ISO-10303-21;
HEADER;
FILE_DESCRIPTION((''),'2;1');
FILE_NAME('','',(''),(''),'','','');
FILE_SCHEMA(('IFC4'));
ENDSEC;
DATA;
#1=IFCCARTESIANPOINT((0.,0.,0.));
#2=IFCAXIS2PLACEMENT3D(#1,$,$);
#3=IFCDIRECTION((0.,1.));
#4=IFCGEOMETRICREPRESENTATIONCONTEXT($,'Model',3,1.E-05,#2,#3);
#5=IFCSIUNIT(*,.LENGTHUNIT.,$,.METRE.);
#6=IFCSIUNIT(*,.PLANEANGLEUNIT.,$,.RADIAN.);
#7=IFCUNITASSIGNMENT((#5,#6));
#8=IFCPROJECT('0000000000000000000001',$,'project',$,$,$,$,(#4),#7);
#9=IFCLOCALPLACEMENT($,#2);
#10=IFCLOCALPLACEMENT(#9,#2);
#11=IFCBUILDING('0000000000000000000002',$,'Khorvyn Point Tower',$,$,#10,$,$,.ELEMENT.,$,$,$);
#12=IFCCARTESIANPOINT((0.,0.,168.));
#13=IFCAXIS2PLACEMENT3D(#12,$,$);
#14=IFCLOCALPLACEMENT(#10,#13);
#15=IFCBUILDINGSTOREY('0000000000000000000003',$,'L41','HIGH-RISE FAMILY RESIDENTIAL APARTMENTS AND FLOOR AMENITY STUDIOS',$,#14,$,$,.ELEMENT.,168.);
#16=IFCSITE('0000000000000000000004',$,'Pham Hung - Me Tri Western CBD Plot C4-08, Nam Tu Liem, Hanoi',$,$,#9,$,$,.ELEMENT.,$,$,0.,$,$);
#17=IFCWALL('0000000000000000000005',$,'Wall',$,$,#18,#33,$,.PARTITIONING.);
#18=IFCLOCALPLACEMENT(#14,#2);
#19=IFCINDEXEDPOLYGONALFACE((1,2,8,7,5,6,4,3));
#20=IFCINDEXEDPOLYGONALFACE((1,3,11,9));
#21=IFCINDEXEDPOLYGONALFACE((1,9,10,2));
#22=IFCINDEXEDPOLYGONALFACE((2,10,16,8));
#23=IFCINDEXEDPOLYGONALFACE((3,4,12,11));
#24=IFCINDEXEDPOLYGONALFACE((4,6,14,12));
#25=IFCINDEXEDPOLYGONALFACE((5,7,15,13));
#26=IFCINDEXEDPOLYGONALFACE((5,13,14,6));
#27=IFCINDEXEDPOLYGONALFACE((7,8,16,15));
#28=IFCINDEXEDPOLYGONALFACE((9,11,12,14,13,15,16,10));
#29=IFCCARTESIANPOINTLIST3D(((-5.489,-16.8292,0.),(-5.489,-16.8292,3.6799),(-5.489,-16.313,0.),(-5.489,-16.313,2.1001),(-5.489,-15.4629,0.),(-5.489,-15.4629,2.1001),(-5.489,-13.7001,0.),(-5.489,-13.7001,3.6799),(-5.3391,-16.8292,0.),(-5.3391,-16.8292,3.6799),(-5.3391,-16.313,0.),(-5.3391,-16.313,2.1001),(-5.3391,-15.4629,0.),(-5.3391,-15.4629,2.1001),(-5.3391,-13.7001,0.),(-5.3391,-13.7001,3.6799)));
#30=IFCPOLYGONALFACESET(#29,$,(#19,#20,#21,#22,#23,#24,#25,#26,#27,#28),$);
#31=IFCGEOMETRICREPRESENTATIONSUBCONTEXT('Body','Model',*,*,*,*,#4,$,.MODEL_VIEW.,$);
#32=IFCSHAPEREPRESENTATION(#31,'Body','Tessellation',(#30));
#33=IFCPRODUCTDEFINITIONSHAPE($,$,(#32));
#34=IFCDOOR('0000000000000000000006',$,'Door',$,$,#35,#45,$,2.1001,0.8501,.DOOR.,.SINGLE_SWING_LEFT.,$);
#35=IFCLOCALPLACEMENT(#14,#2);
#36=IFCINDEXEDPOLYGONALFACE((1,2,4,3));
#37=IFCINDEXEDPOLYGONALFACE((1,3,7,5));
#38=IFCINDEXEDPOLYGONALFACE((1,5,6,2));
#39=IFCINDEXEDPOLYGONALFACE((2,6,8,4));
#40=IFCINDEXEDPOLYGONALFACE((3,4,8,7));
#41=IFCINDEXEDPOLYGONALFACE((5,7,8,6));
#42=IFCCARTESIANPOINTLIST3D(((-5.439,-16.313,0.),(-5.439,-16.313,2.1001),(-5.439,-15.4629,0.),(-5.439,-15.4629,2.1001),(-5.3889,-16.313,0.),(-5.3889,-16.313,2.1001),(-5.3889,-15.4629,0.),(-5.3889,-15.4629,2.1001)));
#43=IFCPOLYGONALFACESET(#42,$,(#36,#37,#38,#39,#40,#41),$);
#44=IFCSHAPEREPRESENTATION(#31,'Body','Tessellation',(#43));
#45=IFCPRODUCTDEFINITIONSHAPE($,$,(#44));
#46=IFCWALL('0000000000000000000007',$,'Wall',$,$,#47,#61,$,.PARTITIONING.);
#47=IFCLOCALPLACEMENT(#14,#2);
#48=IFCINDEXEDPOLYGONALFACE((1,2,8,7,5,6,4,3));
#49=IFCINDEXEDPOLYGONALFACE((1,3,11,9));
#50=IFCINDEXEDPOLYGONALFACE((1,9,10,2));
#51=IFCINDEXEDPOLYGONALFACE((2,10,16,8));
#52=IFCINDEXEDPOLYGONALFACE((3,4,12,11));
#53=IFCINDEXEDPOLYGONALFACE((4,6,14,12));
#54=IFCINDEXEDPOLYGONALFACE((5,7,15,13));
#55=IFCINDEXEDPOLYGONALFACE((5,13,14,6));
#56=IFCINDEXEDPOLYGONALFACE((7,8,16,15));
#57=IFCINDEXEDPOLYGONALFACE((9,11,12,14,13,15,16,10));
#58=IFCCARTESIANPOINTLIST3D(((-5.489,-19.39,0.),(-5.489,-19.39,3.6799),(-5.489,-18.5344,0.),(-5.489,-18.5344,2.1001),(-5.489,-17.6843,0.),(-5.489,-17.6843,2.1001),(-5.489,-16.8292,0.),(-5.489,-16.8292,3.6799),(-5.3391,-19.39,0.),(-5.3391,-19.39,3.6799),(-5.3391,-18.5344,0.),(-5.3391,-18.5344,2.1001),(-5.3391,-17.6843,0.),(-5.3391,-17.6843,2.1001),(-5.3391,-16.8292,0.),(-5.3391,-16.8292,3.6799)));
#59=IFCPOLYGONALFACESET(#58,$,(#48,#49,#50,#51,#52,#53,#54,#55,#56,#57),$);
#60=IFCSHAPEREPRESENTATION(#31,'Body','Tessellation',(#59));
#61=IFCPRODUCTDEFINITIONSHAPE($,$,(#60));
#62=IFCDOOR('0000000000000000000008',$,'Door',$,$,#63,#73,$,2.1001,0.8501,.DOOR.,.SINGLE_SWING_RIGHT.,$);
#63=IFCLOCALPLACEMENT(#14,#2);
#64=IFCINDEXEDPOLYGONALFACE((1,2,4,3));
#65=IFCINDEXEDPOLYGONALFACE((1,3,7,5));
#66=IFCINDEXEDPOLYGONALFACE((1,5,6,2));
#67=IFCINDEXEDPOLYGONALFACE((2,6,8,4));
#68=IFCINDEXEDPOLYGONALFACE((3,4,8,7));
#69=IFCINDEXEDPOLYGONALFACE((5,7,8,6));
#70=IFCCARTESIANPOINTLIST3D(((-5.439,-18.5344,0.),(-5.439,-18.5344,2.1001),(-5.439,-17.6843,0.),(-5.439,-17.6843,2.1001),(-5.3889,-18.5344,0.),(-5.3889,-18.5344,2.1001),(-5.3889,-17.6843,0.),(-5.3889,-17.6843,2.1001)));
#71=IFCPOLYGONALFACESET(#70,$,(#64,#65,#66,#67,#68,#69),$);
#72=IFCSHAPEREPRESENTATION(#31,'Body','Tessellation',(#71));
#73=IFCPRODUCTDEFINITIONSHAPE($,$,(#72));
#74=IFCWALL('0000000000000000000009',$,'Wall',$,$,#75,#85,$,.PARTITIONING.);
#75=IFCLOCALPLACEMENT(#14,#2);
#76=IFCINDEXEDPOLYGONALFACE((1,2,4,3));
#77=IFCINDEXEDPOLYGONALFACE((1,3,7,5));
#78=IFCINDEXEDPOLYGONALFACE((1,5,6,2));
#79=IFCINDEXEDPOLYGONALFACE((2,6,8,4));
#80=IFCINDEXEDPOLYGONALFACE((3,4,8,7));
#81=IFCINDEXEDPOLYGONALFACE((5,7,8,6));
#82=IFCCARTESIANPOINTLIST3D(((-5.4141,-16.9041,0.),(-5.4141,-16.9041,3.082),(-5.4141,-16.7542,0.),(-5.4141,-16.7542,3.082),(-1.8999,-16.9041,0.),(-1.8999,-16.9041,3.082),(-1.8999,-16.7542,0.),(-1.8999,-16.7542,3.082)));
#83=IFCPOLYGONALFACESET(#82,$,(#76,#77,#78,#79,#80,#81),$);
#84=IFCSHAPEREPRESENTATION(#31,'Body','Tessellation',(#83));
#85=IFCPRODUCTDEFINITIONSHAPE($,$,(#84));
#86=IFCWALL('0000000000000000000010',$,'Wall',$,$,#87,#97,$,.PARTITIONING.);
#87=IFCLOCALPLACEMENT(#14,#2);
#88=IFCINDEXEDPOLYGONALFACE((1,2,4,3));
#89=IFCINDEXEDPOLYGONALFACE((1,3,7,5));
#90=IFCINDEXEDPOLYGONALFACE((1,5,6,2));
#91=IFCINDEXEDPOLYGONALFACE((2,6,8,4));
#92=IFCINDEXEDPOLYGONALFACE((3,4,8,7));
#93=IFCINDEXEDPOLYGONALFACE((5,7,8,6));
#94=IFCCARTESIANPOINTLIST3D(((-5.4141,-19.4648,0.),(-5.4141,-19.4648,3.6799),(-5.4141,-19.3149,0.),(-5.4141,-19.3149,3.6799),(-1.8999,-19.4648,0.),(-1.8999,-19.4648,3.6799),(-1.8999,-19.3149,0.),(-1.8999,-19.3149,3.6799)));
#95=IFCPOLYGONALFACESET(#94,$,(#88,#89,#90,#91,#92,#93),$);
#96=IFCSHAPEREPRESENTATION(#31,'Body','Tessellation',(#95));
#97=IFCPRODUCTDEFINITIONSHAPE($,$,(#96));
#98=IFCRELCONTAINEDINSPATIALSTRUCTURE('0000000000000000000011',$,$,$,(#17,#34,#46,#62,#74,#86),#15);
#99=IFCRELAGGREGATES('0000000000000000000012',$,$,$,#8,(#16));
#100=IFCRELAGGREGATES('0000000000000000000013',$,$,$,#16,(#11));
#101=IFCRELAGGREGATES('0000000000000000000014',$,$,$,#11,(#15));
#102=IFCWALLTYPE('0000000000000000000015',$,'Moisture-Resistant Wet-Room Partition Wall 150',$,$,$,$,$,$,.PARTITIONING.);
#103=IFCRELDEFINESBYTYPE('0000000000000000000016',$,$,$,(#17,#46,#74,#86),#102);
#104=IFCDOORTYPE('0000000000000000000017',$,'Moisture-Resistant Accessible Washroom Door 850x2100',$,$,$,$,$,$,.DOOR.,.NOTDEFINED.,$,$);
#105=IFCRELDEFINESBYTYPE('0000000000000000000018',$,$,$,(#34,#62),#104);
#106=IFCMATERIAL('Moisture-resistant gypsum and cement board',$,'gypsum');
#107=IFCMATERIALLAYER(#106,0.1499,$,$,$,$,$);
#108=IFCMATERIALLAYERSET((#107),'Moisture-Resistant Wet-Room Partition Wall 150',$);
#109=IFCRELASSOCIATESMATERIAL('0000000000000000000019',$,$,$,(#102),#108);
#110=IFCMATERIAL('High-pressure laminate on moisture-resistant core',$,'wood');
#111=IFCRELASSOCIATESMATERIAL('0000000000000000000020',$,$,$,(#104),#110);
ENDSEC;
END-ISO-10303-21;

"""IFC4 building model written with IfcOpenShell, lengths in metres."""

from ifc_helpers import new_model, si_unit, direction, frame, frame_2d, origin, place, context, subcontext, project, spatial, rectangle, extrude, material, layer, layer_set, type_object, element, fill, save


model = new_model("IFC4")

# Units and contexts
model_context = context("Model", 3, precision=1e-05, world=origin(), true_north=direction((0.0, 1.0)))
body_context = subcontext(model_context, "Body", "Model", "MODEL_VIEW")
ifc_project = project(units=[si_unit("LENGTHUNIT", "METRE"), si_unit("PLANEANGLEUNIT", "RADIAN")], contexts=[model_context])

# Site, building, storey
site_placement = place(None, origin())
site = spatial("IfcSite", under=ifc_project, at=site_placement, Name="Pham Hung - Me Tri Western CBD Plot C4-08, Nam Tu Liem, Hanoi", CompositionType="ELEMENT", RefElevation=0.0)
building_placement = place(site_placement, origin())
building = spatial("IfcBuilding", under=site, at=building_placement, Name="Khorvyn Point Tower", CompositionType="ELEMENT")
storey_placement = place(building_placement, frame((0.0, 0.0, 168.0)))
storey = spatial("IfcBuildingStorey", under=building, at=storey_placement, Name="L41", Description="HIGH-RISE FAMILY RESIDENTIAL APARTMENTS AND FLOOR AMENITY STUDIOS", CompositionType="ELEMENT", Elevation=168.0)

# Walls, openings, doors
ifc_material_1 = material(Name="Moisture-resistant gypsum and cement board", Category="gypsum")
ifc_layer_1 = layer(ifc_material_1, 0.1499)
ifc_layer_set_1 = layer_set([ifc_layer_1], Name="Moisture-Resistant Wet-Room Partition Wall 150")
wall_type_1 = type_object("IfcWallType", Name="Moisture-Resistant Wet-Room Partition Wall 150", PredefinedType="PARTITIONING", material=ifc_layer_set_1)
wall_1_placement = place(storey_placement, frame((-5.4141, -16.8291, 0.0), z_axis=(0.0, 0.0, 1.0), x_axis=(0.0, 1.0, 0.0)))
wall_1 = element("IfcWall", 1, at=wall_1_placement, inside=storey, type_object=wall_type_1, Name="Wall", PredefinedType="PARTITIONING", context=body_context, shape_type="SweptSolid", body=[
    extrude(rectangle(XDim=3.1292, YDim=0.1499, at=frame_2d((1.5645, 0.0))), origin(), (0.0, 0.0, 1.0), 3.6799),
])
opening_1_placement = place(wall_1_placement, frame((0.5161, 0.0, 0.0)))
opening_1 = element("IfcOpeningElement", 2, at=opening_1_placement, cuts=wall_1, PredefinedType="OPENING", context=body_context, shape_type="SweptSolid", body=[
    extrude(rectangle(XDim=0.8501, YDim=2.1001, at=frame_2d((0.425, 1.05))), frame((0.0, 0.085, 0.0), z_axis=(0.0, -1.0, 0.0), x_axis=(1.0, 0.0, 0.0)), (0.0, 0.0, 1.0), 0.1699),
])
ifc_material_2 = material(Name="High-pressure laminate on moisture-resistant core", Category="wood")
door_type_1 = type_object("IfcDoorType", Name="Moisture-Resistant Accessible Washroom Door 850x2100", OperationType="NOTDEFINED", PredefinedType="DOOR", material=ifc_material_2)
door_1_placement = place(opening_1_placement, origin())
door_1 = element("IfcDoor", 3, at=door_1_placement, inside=storey, type_object=door_type_1, Name="Door", OperationType="SINGLE_SWING_LEFT", OverallHeight=2.1001, OverallWidth=0.8501, PredefinedType="DOOR", context=body_context, shape_type="SweptSolid", body=[
    extrude(rectangle(XDim=0.8501, YDim=2.1001, at=frame_2d((0.425, 1.05))), frame((0.0, 0.0249, 0.0), z_axis=(0.0, -1.0, 0.0), x_axis=(1.0, 0.0, 0.0)), (0.0, 0.0, 1.0), 0.05),
])
fill(opening_1, door_1)
wall_2_placement = place(storey_placement, frame((-5.4141, -19.3899, 0.0), z_axis=(0.0, 0.0, 1.0), x_axis=(0.0, 1.0, 0.0)))
wall_2 = element("IfcWall", 4, at=wall_2_placement, inside=storey, type_object=wall_type_1, Name="Wall", PredefinedType="PARTITIONING", context=body_context, shape_type="SweptSolid", body=[
    extrude(rectangle(XDim=2.5608, YDim=0.1499, at=frame_2d((1.2803, 0.0))), origin(), (0.0, 0.0, 1.0), 3.6799),
])
opening_2_placement = place(wall_2_placement, frame((0.8555, 0.0, 0.0)))
opening_2 = element("IfcOpeningElement", 5, at=opening_2_placement, cuts=wall_2, PredefinedType="OPENING", context=body_context, shape_type="SweptSolid", body=[
    extrude(rectangle(XDim=0.8501, YDim=2.1001, at=frame_2d((0.425, 1.05))), frame((0.0, 0.085, 0.0), z_axis=(0.0, -1.0, 0.0), x_axis=(1.0, 0.0, 0.0)), (0.0, 0.0, 1.0), 0.1699),
])
door_2_placement = place(opening_2_placement, origin())
door_2 = element("IfcDoor", 6, at=door_2_placement, inside=storey, type_object=door_type_1, Name="Door", OperationType="SINGLE_SWING_RIGHT", OverallHeight=2.1001, OverallWidth=0.8501, PredefinedType="DOOR", context=body_context, shape_type="SweptSolid", body=[
    extrude(rectangle(XDim=0.8501, YDim=2.1001, at=frame_2d((0.425, 1.05))), frame((0.0, 0.0249, 0.0), z_axis=(0.0, -1.0, 0.0), x_axis=(1.0, 0.0, 0.0)), (0.0, 0.0, 1.0), 0.05),
])
fill(opening_2, door_2)

# Walls
wall_3_placement = place(storey_placement, frame((-5.4141, -16.8291, 0.0), z_axis=(0.0, 0.0, 1.0), x_axis=(1.0, 0.0, 0.0)))
element("IfcWall", 7, at=wall_3_placement, inside=storey, type_object=wall_type_1, Name="Wall", PredefinedType="PARTITIONING", context=body_context, shape_type="SweptSolid", body=[
    extrude(rectangle(XDim=3.5142, YDim=0.1499, at=frame_2d((1.7571, 0.0))), origin(), (0.0, 0.0, 1.0), 3.082),
])
wall_4_placement = place(storey_placement, frame((-5.4141, -19.3899, 0.0), z_axis=(0.0, 0.0, 1.0), x_axis=(1.0, 0.0, 0.0)))
element("IfcWall", 8, at=wall_4_placement, inside=storey, type_object=wall_type_1, Name="Wall", PredefinedType="PARTITIONING", context=body_context, shape_type="SweptSolid", body=[
    extrude(rectangle(XDim=3.5142, YDim=0.1499, at=frame_2d((1.7571, 0.0))), origin(), (0.0, 0.0, 1.0), 3.6799),
])

save(model, "model.ifc")
